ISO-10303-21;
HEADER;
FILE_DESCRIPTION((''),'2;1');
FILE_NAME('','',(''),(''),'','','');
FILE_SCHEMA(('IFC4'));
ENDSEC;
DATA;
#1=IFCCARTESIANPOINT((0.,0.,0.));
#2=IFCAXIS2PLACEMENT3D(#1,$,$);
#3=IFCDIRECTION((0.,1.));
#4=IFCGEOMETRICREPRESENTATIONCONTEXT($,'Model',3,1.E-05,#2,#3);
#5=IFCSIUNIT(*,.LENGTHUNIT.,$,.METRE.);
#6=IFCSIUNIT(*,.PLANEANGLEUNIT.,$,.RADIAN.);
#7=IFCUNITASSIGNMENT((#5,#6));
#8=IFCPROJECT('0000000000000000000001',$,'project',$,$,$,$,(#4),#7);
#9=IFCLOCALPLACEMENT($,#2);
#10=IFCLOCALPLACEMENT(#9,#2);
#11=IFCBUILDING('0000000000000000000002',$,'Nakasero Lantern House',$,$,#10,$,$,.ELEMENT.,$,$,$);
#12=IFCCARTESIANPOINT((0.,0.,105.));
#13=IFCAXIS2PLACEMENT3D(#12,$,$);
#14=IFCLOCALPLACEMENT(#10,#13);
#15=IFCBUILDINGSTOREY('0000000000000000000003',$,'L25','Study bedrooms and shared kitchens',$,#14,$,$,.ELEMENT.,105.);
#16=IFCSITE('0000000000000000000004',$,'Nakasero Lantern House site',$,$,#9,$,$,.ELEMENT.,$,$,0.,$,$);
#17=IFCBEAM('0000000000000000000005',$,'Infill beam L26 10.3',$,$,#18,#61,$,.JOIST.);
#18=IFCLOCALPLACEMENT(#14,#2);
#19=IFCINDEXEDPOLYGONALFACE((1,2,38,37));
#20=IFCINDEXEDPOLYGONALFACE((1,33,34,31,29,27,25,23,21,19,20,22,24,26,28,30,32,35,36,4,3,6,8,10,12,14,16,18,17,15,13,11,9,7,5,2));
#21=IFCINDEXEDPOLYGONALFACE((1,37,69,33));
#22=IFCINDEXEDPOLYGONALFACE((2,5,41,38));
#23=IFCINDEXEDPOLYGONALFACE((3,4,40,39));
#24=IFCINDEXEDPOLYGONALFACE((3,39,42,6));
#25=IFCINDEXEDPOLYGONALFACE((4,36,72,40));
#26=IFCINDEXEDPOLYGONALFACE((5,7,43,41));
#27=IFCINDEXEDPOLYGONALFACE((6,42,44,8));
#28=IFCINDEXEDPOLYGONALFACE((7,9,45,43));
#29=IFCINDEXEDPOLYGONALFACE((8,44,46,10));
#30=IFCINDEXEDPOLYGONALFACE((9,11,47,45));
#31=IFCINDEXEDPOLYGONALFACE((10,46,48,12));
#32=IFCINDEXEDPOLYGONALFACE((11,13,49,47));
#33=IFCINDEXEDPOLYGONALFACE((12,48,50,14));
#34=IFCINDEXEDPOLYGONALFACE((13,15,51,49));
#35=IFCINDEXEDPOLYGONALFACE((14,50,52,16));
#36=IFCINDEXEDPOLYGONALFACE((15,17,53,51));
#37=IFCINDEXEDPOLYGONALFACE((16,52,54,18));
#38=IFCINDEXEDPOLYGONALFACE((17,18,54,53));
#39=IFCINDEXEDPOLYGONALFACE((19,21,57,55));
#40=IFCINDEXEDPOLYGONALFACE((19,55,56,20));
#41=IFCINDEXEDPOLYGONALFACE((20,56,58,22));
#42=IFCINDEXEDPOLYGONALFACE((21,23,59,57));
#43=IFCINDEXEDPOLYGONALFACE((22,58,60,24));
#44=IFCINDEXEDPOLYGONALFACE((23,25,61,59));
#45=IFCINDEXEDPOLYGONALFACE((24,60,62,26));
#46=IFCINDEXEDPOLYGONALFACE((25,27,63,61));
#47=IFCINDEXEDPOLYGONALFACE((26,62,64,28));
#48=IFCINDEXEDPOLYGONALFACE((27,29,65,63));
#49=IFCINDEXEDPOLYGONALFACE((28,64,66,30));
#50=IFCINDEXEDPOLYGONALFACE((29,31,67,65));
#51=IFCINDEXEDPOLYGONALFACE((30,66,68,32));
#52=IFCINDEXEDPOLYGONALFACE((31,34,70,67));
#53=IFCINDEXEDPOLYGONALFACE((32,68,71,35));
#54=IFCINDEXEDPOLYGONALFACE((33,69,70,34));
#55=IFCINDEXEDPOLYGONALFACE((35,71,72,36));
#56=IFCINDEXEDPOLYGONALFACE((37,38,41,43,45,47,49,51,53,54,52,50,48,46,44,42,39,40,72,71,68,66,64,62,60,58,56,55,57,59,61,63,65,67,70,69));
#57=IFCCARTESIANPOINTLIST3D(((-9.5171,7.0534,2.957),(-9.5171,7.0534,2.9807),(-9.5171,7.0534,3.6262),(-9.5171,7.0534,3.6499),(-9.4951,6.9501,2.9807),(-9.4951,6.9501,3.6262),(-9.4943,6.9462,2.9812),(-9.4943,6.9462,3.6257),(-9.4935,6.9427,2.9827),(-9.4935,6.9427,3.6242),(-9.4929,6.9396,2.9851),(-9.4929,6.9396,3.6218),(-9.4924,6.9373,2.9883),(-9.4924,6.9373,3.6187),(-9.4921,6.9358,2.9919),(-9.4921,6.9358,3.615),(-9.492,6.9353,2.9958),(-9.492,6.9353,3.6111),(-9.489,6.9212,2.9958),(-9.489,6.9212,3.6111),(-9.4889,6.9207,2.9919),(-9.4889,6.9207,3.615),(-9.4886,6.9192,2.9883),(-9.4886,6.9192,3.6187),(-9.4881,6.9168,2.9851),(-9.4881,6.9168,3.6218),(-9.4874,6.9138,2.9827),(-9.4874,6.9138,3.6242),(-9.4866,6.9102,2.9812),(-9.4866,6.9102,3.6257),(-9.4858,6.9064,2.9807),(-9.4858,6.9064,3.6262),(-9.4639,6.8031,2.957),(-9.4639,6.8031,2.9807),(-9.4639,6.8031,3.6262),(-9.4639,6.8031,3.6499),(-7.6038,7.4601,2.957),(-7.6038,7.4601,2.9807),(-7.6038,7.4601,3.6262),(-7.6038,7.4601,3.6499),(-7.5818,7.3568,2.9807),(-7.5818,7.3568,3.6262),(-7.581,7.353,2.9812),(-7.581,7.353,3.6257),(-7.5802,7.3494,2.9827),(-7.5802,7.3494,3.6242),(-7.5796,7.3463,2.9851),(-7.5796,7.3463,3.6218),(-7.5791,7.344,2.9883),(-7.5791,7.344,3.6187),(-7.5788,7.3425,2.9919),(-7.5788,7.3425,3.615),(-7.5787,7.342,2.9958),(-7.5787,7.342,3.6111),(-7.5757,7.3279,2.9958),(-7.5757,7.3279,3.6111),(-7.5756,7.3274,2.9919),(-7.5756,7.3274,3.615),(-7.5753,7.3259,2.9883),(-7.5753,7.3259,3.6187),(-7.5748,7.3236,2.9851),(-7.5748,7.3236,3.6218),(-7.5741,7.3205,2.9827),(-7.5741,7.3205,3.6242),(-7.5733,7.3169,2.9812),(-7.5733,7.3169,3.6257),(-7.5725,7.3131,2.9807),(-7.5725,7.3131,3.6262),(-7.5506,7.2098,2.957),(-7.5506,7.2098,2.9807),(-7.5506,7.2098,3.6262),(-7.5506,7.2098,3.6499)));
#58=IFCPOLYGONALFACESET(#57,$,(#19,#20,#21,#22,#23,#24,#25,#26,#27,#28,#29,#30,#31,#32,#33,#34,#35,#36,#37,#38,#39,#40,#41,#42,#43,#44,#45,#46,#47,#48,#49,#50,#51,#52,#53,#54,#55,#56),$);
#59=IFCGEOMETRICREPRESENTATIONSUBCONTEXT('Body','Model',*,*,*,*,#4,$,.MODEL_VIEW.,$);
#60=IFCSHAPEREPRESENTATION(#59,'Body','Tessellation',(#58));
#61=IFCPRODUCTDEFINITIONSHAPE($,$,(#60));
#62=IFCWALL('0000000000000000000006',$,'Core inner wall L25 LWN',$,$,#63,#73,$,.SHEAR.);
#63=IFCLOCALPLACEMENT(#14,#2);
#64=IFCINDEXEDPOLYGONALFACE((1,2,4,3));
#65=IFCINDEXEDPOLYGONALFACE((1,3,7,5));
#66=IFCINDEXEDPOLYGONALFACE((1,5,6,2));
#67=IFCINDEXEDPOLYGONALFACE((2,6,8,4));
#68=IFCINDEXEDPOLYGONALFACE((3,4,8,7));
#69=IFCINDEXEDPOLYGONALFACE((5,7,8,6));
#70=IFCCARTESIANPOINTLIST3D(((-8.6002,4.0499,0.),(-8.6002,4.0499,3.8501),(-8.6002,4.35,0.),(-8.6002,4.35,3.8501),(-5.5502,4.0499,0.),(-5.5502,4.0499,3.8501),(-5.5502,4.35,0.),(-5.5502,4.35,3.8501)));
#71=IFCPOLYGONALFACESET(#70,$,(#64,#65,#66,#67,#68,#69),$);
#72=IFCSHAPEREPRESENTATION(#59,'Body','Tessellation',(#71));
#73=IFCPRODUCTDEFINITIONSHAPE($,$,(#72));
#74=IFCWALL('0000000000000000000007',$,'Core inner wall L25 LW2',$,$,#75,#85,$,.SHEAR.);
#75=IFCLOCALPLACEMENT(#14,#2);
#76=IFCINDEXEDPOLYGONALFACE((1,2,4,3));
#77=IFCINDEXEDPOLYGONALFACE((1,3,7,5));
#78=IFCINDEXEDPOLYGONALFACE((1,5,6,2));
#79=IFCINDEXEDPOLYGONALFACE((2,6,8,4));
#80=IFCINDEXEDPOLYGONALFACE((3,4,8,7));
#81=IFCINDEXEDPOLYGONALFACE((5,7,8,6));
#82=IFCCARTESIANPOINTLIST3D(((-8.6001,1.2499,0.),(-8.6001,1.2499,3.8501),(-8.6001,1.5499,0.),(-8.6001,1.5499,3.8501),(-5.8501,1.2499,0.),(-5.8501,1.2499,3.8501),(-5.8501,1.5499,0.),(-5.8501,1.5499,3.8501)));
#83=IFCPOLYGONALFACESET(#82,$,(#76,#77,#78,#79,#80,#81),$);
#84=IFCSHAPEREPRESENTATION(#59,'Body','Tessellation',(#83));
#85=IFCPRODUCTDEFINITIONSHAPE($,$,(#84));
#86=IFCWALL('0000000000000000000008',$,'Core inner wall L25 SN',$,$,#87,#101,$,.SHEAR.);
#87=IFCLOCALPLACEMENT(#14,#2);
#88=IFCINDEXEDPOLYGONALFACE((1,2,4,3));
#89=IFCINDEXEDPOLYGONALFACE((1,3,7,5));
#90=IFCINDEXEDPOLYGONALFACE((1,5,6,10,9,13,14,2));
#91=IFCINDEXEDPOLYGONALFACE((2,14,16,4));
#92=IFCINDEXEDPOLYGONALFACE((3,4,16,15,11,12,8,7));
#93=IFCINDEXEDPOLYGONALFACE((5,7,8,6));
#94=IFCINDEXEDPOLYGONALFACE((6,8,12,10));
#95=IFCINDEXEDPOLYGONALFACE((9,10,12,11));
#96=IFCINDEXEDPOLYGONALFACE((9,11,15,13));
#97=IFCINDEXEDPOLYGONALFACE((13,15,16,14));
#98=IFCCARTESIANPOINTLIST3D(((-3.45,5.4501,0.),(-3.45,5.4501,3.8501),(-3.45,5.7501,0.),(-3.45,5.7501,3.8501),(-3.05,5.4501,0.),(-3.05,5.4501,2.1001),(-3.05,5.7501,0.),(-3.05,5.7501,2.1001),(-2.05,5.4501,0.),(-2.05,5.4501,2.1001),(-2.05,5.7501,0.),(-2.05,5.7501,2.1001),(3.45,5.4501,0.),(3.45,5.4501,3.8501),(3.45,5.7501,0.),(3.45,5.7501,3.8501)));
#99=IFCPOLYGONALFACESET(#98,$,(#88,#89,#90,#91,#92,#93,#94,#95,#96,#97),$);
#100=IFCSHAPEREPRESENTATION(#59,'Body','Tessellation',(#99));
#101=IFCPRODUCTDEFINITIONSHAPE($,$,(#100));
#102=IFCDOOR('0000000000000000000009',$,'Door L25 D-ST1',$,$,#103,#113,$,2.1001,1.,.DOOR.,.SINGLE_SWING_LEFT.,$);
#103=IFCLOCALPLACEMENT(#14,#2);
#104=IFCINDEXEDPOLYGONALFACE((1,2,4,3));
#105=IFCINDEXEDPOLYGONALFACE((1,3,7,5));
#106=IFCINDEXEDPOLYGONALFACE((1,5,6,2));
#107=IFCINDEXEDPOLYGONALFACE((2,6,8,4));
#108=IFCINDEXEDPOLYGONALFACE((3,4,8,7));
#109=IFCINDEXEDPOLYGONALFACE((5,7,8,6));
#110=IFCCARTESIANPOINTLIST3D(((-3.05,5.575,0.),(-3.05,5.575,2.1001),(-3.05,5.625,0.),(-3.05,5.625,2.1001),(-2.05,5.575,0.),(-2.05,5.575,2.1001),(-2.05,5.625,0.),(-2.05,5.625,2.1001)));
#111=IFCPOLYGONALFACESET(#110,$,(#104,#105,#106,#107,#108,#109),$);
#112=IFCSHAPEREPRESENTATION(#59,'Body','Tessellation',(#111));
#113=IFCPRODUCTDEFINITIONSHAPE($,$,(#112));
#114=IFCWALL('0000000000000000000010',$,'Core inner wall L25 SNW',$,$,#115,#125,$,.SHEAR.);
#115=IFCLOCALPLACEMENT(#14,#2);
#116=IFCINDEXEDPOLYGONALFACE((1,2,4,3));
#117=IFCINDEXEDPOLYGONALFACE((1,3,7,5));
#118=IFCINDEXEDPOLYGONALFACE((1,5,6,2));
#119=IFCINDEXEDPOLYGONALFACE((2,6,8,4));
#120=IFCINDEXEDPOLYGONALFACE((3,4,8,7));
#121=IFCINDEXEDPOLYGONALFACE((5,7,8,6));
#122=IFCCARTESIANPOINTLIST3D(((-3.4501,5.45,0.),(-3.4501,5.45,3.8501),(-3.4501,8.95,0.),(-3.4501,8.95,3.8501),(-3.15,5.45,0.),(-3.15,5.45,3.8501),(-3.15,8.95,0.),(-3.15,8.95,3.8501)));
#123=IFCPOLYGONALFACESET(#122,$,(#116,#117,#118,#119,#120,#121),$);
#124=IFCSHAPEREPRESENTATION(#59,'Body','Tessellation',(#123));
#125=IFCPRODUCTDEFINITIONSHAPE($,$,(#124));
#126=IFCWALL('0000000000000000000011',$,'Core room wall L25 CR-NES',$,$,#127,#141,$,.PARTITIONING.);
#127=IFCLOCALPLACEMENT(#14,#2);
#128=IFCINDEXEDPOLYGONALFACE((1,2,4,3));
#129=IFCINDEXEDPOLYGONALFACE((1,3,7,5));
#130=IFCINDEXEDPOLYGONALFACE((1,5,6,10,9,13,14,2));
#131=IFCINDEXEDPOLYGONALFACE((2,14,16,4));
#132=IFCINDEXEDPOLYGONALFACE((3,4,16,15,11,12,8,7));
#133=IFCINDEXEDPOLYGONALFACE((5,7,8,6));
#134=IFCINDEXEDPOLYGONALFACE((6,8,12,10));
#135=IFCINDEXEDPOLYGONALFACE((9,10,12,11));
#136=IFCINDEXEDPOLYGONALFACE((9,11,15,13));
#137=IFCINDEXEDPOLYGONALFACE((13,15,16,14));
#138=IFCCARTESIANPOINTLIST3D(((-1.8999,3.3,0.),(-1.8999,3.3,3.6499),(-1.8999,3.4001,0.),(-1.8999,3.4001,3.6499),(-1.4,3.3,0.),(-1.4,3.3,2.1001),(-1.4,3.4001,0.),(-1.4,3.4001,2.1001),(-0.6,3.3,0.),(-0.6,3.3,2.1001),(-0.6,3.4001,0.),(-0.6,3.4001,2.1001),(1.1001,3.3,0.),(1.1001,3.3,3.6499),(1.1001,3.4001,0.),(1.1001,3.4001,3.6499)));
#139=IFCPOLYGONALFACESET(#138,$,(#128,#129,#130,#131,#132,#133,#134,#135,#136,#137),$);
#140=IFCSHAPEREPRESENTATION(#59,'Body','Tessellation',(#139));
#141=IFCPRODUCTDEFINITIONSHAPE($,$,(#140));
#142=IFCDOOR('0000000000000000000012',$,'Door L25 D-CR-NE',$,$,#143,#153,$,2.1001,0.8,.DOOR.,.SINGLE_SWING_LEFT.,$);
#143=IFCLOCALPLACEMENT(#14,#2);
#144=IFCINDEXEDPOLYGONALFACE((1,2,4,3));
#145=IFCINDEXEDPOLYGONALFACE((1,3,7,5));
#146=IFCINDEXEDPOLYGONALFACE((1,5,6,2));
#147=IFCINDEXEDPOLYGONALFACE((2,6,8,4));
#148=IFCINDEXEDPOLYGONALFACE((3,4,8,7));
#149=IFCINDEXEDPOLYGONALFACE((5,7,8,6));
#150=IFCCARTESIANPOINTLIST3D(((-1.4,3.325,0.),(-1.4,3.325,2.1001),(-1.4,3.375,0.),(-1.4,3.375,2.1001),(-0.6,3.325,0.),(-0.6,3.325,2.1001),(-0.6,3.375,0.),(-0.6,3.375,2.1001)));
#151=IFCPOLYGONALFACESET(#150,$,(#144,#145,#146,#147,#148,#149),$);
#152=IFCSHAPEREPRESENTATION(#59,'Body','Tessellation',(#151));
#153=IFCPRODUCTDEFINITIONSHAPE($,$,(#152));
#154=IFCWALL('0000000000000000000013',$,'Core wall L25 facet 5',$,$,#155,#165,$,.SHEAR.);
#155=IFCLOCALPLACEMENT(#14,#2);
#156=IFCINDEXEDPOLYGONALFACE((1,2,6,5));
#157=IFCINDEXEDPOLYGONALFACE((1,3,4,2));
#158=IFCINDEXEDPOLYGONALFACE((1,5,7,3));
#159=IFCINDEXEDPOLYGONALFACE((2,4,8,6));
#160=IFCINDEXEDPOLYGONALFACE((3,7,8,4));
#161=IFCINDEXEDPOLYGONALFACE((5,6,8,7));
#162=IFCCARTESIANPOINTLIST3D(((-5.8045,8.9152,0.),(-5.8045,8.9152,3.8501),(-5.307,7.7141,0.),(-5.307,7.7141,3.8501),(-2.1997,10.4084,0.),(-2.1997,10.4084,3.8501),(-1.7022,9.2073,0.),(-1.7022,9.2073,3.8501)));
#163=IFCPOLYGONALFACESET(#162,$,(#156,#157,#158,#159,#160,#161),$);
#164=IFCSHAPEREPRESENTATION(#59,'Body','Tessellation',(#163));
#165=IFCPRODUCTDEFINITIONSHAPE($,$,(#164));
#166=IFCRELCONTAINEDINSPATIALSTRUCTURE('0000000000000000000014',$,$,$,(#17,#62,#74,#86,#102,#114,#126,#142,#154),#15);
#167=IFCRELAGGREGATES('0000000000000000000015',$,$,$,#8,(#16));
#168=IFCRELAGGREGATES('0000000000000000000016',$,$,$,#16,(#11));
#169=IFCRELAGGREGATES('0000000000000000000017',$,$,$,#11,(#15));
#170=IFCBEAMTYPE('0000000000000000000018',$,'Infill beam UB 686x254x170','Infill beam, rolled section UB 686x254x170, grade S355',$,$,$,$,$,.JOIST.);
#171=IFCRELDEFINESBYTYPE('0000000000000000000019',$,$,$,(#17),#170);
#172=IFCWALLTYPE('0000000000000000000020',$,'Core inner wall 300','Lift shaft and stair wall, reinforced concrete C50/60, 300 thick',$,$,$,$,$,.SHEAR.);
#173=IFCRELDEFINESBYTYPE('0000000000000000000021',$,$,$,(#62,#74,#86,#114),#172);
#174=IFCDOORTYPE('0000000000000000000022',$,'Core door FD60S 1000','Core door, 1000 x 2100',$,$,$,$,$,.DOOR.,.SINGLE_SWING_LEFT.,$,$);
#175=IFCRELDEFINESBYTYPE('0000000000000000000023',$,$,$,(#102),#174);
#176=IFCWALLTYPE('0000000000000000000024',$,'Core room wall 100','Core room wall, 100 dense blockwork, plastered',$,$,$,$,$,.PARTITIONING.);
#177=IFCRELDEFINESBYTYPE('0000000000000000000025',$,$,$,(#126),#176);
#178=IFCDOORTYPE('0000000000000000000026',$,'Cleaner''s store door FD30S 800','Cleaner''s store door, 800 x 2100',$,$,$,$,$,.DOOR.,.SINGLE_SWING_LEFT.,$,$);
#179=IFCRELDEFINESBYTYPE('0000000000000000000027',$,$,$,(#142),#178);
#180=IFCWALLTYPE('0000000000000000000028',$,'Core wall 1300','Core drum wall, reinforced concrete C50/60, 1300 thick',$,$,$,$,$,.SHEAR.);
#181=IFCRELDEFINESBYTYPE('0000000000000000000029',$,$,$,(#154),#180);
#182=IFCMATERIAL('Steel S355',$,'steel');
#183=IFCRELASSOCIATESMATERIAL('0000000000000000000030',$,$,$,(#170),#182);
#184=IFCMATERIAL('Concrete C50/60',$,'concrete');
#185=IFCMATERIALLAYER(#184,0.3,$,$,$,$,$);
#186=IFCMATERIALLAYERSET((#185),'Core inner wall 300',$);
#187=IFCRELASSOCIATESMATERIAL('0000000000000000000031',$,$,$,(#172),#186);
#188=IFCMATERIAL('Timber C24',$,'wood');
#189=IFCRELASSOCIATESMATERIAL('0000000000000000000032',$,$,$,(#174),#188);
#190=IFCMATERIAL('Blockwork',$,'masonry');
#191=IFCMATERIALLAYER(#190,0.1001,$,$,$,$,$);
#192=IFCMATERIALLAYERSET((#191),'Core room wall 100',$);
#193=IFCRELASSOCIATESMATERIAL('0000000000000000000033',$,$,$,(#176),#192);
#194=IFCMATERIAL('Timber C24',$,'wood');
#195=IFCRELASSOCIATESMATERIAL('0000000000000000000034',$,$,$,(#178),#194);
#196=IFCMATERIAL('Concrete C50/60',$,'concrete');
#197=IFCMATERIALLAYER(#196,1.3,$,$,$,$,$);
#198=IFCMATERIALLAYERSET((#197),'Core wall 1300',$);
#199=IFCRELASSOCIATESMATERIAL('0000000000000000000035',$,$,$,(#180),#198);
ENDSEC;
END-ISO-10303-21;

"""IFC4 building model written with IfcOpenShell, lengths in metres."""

from ifc_helpers import new_model, si_unit, direction, frame, frame_2d, origin, origin_2d, place, context, subcontext, project, spatial, rectangle, i_section, extrude, material, layer, layer_set, material_profile, profile_set, type_object, element, fill, save


model = new_model("IFC4")

# Units and contexts
model_context = context("Model", 3, precision=1e-05, world=origin(), true_north=direction((0.0, 1.0)))
body_context = subcontext(model_context, "Body", "Model", "MODEL_VIEW")
ifc_project = project(units=[si_unit("LENGTHUNIT", "METRE"), si_unit("PLANEANGLEUNIT", "RADIAN")], contexts=[model_context])

# Site, building, storey
site_placement = place(None, origin())
site = spatial("IfcSite", under=ifc_project, at=site_placement, Name="Nakasero Lantern House site", CompositionType="ELEMENT", RefElevation=0.0)
building_placement = place(site_placement, origin())
building = spatial("IfcBuilding", under=site, at=building_placement, Name="Nakasero Lantern House", CompositionType="ELEMENT")
storey_placement = place(building_placement, frame((0.0, 0.0, 105.0)))
storey = spatial("IfcBuildingStorey", under=building, at=storey_placement, Name="L25", Description="Study bedrooms and shared kitchens", CompositionType="ELEMENT", Elevation=105.0)

# Beam
ifc_material_1 = material(Name="Steel S355", Category="steel")
ifc_material_profile_1 = material_profile(ifc_material_1, i_section(OverallWidth=0.2559, OverallDepth=0.6929, WebThickness=0.0144, FlangeThickness=0.0237, FilletRadius=0.0151, at=origin_2d()), Name="UB 686x254x170")
ifc_profile_set_1 = profile_set([ifc_material_profile_1], Name="Steel S355")
beam_type_1 = type_object("IfcBeamType", Name="Infill beam UB 686x254x170", Description="Infill beam, rolled section UB 686x254x170, grade S355", PredefinedType="JOIST", material=ifc_profile_set_1)
beam_1_placement = place(storey_placement, frame((-9.4905, 6.9282, 3.3035), z_axis=(0.978143, 0.207935, 0.0), x_axis=(-0.207935, 0.978143, 0.0)))
element("IfcBeam", 1, at=beam_1_placement, inside=storey, type_object=beam_type_1, Name="Infill beam L26 10.3", PredefinedType="JOIST", context=body_context, shape_type="SweptSolid", body=[
    extrude(i_section(OverallWidth=0.2559, OverallDepth=0.6929, WebThickness=0.0144, FlangeThickness=0.0237, FilletRadius=0.0151, at=origin_2d()), origin(), (0.0, 0.0, 1.0), 1.9561),
])

# Walls
ifc_material_2 = material(Name="Concrete C50/60", Category="concrete")
ifc_layer_1 = layer(ifc_material_2, 0.3)
ifc_layer_set_1 = layer_set([ifc_layer_1], Name="Core inner wall 300")
wall_type_1 = type_object("IfcWallType", Name="Core inner wall 300", Description="Lift shaft and stair wall, reinforced concrete C50/60, 300 thick", PredefinedType="SHEAR", material=ifc_layer_set_1)
wall_1_placement = place(storey_placement, frame((-8.6001, 4.2, 0.0), z_axis=(0.0, 0.0, 1.0), x_axis=(1.0, 0.0, 0.0)))
element("IfcWall", 2, at=wall_1_placement, inside=storey, type_object=wall_type_1, Name="Core inner wall L25 LWN", PredefinedType="SHEAR", context=body_context, shape_type="SweptSolid", body=[
    extrude(rectangle(XDim=3.05, YDim=0.3, at=frame_2d((1.5249, 0.0))), origin(), (0.0, 0.0, 1.0), 3.8501),
])
wall_2_placement = place(storey_placement, frame((-8.6001, 1.3999, 0.0), z_axis=(0.0, 0.0, 1.0), x_axis=(1.0, 0.0, 0.0)))
element("IfcWall", 3, at=wall_2_placement, inside=storey, type_object=wall_type_1, Name="Core inner wall L25 LW2", PredefinedType="SHEAR", context=body_context, shape_type="SweptSolid", body=[
    extrude(rectangle(XDim=2.75, YDim=0.3, at=frame_2d((1.375, 0.0))), origin(), (0.0, 0.0, 1.0), 3.8501),
])

# Wall, opening, door
wall_3_placement = place(storey_placement, frame((-3.45, 5.6001, 0.0), z_axis=(0.0, 0.0, 1.0), x_axis=(1.0, 0.0, 0.0)))
wall_3 = element("IfcWall", 4, at=wall_3_placement, inside=storey, type_object=wall_type_1, Name="Core inner wall L25 SN", PredefinedType="SHEAR", context=body_context, shape_type="SweptSolid", body=[
    extrude(rectangle(XDim=6.8999, YDim=0.3, at=frame_2d((3.45, 0.0))), origin(), (0.0, 0.0, 1.0), 3.8501),
])
opening_1_placement = place(wall_3_placement, frame((0.3999, 0.0, 0.0)))
opening_1 = element("IfcOpeningElement", 5, at=opening_1_placement, cuts=wall_3, PredefinedType="OPENING", context=body_context, shape_type="SweptSolid", body=[
    extrude(rectangle(XDim=1.0, YDim=2.1001, at=frame_2d((0.5, 1.05))), frame((0.0, 0.1699, 0.0), z_axis=(0.0, -1.0, 0.0), x_axis=(1.0, 0.0, 0.0)), (0.0, 0.0, 1.0), 0.3401),
])
ifc_material_3 = material(Name="Timber C24", Category="wood")
door_type_1 = type_object("IfcDoorType", Name="Core door FD60S 1000", Description="Core door, 1000 x 2100", OperationType="SINGLE_SWING_LEFT", PredefinedType="DOOR", material=ifc_material_3)
door_1_placement = place(opening_1_placement, origin())
door_1 = element("IfcDoor", 6, at=door_1_placement, inside=storey, type_object=door_type_1, Name="Door L25 D-ST1", OperationType="SINGLE_SWING_LEFT", OverallHeight=2.1001, OverallWidth=1.0, PredefinedType="DOOR", context=body_context, shape_type="SweptSolid", body=[
    extrude(rectangle(XDim=1.0, YDim=2.1001, at=frame_2d((0.5, 1.05))), frame((0.0, 0.0249, 0.0), z_axis=(0.0, -1.0, 0.0), x_axis=(1.0, 0.0, 0.0)), (0.0, 0.0, 1.0), 0.05),
])
fill(opening_1, door_1)

# Wall
wall_4_placement = place(storey_placement, frame((-3.3, 5.45, 0.0), z_axis=(0.0, 0.0, 1.0), x_axis=(0.0, 1.0, 0.0)))
element("IfcWall", 7, at=wall_4_placement, inside=storey, type_object=wall_type_1, Name="Core inner wall L25 SNW", PredefinedType="SHEAR", context=body_context, shape_type="SweptSolid", body=[
    extrude(rectangle(XDim=3.5, YDim=0.3, at=frame_2d((1.75, 0.0))), origin(), (0.0, 0.0, 1.0), 3.8501),
])

# Wall, opening, door
ifc_material_4 = material(Name="Blockwork", Category="masonry")
ifc_layer_2 = layer(ifc_material_4, 0.1001)
ifc_layer_set_2 = layer_set([ifc_layer_2], Name="Core room wall 100")
wall_type_2 = type_object("IfcWallType", Name="Core room wall 100", Description="Core room wall, 100 dense blockwork, plastered", PredefinedType="PARTITIONING", material=ifc_layer_set_2)
wall_5_placement = place(storey_placement, frame((-1.8999, 3.3501, 0.0), z_axis=(0.0, 0.0, 1.0), x_axis=(1.0, 0.0, 0.0)))
wall_5 = element("IfcWall", 8, at=wall_5_placement, inside=storey, type_object=wall_type_2, Name="Core room wall L25 CR-NES", PredefinedType="PARTITIONING", context=body_context, shape_type="SweptSolid", body=[
    extrude(rectangle(XDim=3.0, YDim=0.1001, at=frame_2d((1.5, 0.0))), origin(), (0.0, 0.0, 1.0), 3.6499),
])
opening_2_placement = place(wall_5_placement, frame((0.5, 0.0, 0.0)))
opening_2 = element("IfcOpeningElement", 9, at=opening_2_placement, cuts=wall_5, PredefinedType="OPENING", context=body_context, shape_type="SweptSolid", body=[
    extrude(rectangle(XDim=0.8, YDim=2.1001, at=frame_2d((0.3999, 1.05))), frame((0.0, 0.0701, 0.0), z_axis=(0.0, -1.0, 0.0), x_axis=(1.0, 0.0, 0.0)), (0.0, 0.0, 1.0), 0.1401),
])
ifc_material_5 = material(Name="Timber C24", Category="wood")
door_type_2 = type_object("IfcDoorType", Name="Cleaner's store door FD30S 800", Description="Cleaner's store door, 800 x 2100", OperationType="SINGLE_SWING_LEFT", PredefinedType="DOOR", material=ifc_material_5)
door_2_placement = place(opening_2_placement, origin())
door_2 = element("IfcDoor", 10, at=door_2_placement, inside=storey, type_object=door_type_2, Name="Door L25 D-CR-NE", OperationType="SINGLE_SWING_LEFT", OverallHeight=2.1001, OverallWidth=0.8, PredefinedType="DOOR", context=body_context, shape_type="SweptSolid", body=[
    extrude(rectangle(XDim=0.8, YDim=2.1001, at=frame_2d((0.3999, 1.05))), frame((0.0, 0.0249, 0.0), z_axis=(0.0, -1.0, 0.0), x_axis=(1.0, 0.0, 0.0)), (0.0, 0.0, 1.0), 0.05),
])
fill(opening_2, door_2)

# Wall
ifc_material_6 = material(Name="Concrete C50/60", Category="concrete")
ifc_layer_3 = layer(ifc_material_6, 1.3)
ifc_layer_set_3 = layer_set([ifc_layer_3], Name="Core wall 1300")
wall_type_3 = type_object("IfcWallType", Name="Core wall 1300", Description="Core drum wall, reinforced concrete C50/60, 1300 thick", PredefinedType="SHEAR", material=ifc_layer_set_3)
wall_6_placement = place(storey_placement, frame((-1.9509, 9.8079, 0.0), z_axis=(0.0, 0.0, 1.0), x_axis=(-0.923877, -0.382691, 0.0)))
element("IfcWall", 11, at=wall_6_placement, inside=storey, type_object=wall_type_3, Name="Core wall L25 facet 5", PredefinedType="SHEAR", context=body_context, shape_type="SweptSolid", body=[
    extrude(rectangle(XDim=3.9019, YDim=1.3, at=frame_2d((1.9509, 0.0))), origin(), (0.0, 0.0, 1.0), 3.8501),
])

save(model, "model.ifc")
